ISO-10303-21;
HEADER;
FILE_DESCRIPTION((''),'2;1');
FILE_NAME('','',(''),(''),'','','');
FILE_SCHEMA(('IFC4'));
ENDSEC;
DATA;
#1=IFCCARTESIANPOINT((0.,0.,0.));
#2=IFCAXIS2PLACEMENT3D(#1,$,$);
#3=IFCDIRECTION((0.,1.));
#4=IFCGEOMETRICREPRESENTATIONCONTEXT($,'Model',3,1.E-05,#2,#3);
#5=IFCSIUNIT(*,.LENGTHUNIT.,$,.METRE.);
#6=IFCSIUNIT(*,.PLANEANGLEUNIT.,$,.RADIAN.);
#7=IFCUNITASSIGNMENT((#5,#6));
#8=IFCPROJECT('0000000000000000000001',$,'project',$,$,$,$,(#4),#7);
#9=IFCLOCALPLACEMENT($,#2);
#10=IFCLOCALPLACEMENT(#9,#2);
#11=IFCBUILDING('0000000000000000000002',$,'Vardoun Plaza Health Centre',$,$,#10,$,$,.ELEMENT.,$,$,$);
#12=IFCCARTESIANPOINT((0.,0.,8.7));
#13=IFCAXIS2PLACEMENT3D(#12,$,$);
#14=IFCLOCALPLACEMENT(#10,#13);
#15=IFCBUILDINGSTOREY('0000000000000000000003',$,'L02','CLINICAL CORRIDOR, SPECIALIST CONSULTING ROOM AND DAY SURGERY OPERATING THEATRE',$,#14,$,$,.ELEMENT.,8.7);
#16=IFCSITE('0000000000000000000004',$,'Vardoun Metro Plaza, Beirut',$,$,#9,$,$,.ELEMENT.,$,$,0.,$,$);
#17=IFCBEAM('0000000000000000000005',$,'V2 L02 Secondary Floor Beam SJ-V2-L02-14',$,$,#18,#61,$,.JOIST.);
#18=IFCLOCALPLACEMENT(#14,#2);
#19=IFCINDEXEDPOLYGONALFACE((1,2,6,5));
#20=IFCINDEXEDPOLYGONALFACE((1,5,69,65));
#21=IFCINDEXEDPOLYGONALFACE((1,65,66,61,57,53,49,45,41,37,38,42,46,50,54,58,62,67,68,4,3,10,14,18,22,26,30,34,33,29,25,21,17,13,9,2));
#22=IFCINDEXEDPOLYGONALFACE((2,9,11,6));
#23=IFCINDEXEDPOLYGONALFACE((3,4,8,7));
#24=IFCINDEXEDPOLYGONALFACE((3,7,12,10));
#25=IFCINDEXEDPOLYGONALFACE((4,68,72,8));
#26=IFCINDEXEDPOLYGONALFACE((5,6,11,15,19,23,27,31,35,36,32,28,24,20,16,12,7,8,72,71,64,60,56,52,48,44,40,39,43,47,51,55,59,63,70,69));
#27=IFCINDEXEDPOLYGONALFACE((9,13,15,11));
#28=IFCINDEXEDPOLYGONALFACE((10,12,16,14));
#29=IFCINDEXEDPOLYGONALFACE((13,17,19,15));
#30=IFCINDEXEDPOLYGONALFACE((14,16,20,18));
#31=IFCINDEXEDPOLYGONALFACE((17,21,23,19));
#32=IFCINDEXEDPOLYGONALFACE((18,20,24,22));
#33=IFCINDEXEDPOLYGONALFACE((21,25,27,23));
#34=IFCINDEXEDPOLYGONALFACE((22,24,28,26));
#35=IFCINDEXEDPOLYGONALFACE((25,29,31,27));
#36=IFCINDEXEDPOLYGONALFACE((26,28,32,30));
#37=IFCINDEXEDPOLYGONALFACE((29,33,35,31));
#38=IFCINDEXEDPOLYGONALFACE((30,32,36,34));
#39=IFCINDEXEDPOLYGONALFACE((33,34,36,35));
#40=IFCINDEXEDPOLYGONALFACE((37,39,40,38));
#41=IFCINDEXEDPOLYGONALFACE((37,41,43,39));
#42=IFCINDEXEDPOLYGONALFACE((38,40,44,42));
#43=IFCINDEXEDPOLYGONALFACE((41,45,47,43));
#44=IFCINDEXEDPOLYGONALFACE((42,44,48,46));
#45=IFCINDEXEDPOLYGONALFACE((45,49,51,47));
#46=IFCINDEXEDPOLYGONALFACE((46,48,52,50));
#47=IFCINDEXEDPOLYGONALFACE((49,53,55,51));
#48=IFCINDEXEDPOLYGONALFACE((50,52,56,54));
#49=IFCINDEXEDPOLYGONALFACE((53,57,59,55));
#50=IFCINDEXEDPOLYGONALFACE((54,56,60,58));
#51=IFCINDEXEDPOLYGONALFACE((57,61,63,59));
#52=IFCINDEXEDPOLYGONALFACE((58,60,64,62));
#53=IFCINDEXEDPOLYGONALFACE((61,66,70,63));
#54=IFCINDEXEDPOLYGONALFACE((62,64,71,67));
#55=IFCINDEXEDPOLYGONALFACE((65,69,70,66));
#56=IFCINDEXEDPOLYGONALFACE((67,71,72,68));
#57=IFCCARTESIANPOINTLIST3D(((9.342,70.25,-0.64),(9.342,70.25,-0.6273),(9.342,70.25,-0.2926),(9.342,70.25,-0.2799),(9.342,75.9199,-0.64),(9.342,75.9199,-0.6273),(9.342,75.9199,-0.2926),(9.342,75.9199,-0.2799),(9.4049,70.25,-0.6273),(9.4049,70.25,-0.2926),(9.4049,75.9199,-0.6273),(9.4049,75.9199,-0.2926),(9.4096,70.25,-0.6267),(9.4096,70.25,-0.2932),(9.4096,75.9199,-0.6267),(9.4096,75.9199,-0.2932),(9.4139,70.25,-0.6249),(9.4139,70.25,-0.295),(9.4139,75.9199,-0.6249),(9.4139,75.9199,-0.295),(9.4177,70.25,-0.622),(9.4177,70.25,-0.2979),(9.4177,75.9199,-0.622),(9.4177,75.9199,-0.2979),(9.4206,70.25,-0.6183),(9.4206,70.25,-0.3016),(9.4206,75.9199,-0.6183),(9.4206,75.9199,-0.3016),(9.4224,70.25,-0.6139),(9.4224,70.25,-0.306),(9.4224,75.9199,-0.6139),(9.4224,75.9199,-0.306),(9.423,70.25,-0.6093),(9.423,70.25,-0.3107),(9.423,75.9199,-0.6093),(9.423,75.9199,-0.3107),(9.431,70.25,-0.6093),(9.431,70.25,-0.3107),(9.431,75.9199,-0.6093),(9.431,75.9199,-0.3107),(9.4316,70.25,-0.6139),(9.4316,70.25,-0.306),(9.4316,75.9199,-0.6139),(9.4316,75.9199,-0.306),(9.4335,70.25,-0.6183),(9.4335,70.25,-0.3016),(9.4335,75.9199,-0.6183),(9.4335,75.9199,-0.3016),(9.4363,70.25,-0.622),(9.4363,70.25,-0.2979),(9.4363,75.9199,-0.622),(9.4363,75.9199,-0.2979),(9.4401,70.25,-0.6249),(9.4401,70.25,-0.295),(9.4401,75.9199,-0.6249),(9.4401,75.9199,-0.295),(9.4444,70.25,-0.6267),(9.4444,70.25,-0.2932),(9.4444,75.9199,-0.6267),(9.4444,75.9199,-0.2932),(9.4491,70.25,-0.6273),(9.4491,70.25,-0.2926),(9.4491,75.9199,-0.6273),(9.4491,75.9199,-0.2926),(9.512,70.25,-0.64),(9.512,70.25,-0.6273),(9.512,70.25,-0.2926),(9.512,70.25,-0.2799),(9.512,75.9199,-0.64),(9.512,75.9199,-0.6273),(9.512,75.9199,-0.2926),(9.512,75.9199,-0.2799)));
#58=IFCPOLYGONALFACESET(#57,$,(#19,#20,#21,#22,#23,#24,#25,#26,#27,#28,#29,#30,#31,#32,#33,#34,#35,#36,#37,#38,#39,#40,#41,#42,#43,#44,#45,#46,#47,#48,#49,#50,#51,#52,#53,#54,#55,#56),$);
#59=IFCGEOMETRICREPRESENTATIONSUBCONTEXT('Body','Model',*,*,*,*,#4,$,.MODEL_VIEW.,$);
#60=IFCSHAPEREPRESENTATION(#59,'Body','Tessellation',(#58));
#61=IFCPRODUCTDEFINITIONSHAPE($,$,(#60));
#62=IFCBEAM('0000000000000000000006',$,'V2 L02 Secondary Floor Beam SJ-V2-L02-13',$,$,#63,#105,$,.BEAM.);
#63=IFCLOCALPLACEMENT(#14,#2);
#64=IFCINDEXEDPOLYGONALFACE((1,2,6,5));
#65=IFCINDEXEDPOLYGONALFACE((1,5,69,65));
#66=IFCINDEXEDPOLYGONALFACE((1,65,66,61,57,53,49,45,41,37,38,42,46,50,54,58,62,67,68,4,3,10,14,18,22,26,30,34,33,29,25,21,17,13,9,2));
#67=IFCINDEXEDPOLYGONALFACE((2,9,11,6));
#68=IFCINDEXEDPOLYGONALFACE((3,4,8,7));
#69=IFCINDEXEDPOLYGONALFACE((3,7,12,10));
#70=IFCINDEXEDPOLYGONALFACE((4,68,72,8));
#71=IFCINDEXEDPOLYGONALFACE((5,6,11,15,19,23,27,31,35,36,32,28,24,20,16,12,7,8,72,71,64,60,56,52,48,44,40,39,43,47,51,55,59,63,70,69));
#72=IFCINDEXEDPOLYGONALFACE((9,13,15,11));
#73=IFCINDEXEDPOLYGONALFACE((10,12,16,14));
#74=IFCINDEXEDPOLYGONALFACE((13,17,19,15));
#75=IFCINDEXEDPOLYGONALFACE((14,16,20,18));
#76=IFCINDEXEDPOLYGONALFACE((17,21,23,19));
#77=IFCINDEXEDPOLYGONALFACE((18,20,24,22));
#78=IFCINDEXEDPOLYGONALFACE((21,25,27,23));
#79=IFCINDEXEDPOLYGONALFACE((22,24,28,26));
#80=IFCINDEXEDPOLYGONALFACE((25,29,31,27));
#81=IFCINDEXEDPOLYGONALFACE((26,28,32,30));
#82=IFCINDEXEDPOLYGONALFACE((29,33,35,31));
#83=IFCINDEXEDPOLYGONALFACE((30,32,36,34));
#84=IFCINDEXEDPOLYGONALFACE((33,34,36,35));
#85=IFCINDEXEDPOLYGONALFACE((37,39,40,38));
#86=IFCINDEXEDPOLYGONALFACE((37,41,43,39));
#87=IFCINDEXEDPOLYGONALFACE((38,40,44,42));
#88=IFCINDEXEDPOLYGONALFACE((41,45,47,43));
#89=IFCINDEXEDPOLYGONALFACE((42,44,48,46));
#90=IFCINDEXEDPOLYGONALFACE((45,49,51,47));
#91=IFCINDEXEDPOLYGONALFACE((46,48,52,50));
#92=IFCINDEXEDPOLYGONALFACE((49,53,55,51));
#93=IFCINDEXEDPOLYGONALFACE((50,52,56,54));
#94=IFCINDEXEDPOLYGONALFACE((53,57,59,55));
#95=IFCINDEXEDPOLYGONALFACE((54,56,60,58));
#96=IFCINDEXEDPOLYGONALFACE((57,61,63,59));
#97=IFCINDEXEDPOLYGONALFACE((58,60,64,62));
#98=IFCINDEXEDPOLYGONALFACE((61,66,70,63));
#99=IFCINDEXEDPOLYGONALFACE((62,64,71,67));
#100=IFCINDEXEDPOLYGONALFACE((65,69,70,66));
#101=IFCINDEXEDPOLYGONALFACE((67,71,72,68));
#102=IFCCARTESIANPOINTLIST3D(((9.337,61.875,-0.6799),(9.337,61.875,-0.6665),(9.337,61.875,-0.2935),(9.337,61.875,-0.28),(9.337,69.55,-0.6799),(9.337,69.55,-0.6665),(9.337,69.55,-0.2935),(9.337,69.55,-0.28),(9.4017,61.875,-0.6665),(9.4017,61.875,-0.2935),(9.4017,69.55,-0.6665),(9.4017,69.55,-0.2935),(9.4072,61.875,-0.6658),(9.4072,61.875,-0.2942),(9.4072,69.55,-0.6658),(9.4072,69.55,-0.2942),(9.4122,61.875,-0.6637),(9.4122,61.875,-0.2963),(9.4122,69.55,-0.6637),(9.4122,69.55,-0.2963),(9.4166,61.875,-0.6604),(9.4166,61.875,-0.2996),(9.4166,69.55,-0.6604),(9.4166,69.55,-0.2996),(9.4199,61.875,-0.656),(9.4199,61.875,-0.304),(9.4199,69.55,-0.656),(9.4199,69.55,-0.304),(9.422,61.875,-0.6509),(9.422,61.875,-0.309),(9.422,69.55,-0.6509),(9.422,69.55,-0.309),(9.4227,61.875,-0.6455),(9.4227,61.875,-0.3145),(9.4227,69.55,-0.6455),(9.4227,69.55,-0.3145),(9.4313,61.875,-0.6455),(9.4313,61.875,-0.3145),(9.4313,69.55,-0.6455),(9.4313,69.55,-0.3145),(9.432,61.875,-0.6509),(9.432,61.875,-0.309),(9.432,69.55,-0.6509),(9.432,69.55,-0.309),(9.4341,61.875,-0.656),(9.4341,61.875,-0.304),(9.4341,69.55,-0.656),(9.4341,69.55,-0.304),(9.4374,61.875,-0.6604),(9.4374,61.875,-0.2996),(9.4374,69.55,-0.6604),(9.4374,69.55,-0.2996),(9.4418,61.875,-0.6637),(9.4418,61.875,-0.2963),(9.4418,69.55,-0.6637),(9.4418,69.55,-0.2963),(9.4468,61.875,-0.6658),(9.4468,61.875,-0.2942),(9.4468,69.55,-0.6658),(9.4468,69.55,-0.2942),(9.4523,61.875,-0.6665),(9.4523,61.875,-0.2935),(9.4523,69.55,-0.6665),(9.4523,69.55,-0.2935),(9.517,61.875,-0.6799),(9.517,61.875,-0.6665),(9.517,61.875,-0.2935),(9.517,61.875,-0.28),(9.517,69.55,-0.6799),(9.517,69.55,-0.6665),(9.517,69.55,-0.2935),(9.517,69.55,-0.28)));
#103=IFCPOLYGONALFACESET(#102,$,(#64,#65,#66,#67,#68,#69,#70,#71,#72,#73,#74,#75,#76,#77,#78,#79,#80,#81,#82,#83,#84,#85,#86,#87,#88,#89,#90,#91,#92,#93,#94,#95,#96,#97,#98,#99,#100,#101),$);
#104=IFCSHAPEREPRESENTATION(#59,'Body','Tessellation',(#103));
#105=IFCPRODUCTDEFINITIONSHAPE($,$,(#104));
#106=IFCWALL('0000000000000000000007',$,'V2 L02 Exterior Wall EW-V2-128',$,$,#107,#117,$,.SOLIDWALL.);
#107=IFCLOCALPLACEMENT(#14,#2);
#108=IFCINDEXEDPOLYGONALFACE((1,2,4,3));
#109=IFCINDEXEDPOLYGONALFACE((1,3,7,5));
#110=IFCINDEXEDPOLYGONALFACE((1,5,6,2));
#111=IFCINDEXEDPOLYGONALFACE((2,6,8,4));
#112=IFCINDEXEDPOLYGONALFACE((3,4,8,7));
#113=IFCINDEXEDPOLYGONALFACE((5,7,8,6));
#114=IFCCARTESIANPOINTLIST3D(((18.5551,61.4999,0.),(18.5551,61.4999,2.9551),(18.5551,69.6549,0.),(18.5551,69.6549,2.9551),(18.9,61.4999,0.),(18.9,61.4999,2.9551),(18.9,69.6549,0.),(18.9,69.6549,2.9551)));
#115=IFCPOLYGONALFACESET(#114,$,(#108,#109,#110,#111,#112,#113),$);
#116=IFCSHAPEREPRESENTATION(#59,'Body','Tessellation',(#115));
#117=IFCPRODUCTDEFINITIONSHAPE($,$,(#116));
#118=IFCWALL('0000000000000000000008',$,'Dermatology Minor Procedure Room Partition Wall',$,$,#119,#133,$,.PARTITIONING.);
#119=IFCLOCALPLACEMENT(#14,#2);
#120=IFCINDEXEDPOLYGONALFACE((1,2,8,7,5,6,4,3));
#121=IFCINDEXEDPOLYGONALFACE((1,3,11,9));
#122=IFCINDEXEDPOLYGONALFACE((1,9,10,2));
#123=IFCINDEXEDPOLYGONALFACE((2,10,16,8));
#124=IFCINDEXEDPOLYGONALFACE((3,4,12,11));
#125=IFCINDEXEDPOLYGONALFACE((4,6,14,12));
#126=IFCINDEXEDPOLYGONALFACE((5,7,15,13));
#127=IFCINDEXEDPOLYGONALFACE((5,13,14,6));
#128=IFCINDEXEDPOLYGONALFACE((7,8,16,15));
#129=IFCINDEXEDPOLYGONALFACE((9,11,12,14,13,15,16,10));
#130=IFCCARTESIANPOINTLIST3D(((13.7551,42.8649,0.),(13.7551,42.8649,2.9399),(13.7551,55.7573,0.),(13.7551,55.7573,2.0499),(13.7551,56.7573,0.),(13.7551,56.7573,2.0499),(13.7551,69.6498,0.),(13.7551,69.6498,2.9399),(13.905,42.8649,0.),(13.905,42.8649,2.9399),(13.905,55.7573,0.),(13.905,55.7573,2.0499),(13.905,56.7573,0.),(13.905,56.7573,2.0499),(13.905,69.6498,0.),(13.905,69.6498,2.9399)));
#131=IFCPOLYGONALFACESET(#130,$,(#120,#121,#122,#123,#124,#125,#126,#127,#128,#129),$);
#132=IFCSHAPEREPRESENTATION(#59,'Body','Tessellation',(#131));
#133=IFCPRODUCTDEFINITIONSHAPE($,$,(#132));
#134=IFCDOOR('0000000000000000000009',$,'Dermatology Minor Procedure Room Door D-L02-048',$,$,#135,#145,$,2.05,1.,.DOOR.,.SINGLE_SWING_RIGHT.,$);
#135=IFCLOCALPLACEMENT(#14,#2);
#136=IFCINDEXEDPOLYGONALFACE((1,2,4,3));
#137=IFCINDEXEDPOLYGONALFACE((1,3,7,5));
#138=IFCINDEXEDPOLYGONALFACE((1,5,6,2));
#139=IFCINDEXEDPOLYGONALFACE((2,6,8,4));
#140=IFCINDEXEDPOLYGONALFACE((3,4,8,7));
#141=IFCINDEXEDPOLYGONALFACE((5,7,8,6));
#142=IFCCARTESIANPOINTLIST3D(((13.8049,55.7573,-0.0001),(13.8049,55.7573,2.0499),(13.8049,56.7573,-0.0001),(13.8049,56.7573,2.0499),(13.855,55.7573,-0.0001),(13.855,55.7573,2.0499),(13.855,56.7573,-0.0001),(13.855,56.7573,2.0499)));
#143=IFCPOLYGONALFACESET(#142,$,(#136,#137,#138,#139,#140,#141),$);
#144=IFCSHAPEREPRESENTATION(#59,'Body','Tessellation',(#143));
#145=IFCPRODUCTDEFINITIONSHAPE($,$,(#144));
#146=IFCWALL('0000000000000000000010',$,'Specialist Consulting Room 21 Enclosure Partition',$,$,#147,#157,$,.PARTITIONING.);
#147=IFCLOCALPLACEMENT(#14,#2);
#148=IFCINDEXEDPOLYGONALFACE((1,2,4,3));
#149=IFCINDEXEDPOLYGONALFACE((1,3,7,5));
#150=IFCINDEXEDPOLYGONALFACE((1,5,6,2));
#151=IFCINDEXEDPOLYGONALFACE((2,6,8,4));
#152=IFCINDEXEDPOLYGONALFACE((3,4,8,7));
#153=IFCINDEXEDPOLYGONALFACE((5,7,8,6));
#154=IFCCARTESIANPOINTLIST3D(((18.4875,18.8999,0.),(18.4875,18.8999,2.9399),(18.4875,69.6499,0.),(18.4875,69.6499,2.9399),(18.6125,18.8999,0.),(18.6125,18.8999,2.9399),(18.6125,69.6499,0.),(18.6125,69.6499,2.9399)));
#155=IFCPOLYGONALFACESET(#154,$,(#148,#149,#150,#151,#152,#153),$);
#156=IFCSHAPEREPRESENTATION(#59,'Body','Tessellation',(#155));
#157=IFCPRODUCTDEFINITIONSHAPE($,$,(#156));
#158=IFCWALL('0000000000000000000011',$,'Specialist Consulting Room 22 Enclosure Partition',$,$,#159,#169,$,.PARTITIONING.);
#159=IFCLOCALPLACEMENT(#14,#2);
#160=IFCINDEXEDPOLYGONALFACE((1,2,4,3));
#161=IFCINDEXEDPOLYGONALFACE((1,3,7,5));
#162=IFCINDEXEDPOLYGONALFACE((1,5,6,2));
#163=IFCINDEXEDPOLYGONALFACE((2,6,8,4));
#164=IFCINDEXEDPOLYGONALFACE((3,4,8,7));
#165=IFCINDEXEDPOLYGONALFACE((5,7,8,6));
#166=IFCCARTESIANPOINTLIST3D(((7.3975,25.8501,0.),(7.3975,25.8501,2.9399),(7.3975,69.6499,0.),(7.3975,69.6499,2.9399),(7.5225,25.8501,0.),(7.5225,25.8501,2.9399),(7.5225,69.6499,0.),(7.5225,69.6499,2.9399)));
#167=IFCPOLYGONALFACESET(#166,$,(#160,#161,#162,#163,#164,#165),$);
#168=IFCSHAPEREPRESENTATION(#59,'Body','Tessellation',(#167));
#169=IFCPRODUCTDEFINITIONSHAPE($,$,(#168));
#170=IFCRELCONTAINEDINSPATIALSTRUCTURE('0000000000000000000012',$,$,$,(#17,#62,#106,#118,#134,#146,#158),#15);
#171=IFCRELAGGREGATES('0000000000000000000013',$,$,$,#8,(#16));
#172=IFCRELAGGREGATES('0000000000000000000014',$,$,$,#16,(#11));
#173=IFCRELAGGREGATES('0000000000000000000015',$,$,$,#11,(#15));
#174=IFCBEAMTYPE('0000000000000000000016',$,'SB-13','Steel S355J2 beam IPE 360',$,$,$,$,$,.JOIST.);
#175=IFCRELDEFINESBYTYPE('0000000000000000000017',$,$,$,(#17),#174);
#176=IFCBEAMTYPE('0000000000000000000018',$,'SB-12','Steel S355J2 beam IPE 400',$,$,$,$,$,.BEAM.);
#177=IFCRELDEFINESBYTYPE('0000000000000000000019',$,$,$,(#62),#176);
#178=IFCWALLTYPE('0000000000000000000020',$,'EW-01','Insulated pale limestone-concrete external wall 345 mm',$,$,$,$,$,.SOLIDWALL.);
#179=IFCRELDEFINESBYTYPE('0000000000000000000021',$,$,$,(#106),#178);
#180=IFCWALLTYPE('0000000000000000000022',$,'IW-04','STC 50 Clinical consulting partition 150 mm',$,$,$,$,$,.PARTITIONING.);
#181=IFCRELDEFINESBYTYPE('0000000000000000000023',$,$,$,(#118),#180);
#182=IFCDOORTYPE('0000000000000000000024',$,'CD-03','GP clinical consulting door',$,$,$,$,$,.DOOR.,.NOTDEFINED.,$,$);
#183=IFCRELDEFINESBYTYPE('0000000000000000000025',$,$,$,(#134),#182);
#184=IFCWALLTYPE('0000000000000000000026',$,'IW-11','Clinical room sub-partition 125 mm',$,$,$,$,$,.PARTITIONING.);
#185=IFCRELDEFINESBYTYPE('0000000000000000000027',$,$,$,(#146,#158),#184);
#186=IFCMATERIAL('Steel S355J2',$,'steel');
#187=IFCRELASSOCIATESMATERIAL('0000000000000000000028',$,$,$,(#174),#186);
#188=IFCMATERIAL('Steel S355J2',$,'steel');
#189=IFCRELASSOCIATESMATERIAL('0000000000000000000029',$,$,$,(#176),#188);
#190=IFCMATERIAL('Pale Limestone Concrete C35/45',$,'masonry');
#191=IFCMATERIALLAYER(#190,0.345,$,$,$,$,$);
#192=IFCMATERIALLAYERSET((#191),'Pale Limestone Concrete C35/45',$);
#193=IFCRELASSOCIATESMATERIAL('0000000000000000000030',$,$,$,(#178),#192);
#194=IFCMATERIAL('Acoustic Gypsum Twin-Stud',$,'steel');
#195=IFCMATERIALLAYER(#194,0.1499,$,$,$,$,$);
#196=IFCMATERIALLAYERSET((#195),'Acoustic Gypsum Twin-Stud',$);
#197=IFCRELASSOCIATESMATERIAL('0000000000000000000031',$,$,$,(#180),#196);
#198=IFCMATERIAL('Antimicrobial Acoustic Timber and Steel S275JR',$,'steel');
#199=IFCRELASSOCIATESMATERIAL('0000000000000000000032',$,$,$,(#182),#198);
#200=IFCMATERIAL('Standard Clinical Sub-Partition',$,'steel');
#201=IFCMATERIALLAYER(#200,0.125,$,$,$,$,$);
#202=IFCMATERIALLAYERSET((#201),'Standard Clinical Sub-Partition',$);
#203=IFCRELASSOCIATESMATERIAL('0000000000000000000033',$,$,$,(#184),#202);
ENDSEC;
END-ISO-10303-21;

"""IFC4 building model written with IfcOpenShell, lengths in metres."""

from ifc_helpers import new_model, si_unit, direction, frame, frame_2d, origin, origin_2d, place, context, subcontext, project, spatial, rectangle, i_section, extrude, material, layer, layer_set, material_profile, profile_set, type_object, element, fill, save


model = new_model("IFC4")

# Units and contexts
model_context = context("Model", 3, precision=1e-05, world=origin(), true_north=direction((0.0, 1.0)))
body_context = subcontext(model_context, "Body", "Model", "MODEL_VIEW")
ifc_project = project(units=[si_unit("LENGTHUNIT", "METRE"), si_unit("PLANEANGLEUNIT", "RADIAN")], contexts=[model_context])

# Site, building, storey
site_placement = place(None, origin())
site = spatial("IfcSite", under=ifc_project, at=site_placement, Name="Vardoun Metro Plaza, Beirut", CompositionType="ELEMENT", RefElevation=0.0)
building_placement = place(site_placement, origin())
building = spatial("IfcBuilding", under=site, at=building_placement, Name="Vardoun Plaza Health Centre", CompositionType="ELEMENT")
storey_placement = place(building_placement, frame((0.0, 0.0, 8.7)))
storey = spatial("IfcBuildingStorey", under=building, at=storey_placement, Name="L02", Description="CLINICAL CORRIDOR, SPECIALIST CONSULTING ROOM AND DAY SURGERY OPERATING THEATRE", CompositionType="ELEMENT", Elevation=8.7)

# Beams
ifc_material_1 = material(Name="Steel S355J2", Category="steel")
ifc_material_profile_1 = material_profile(ifc_material_1, i_section(OverallWidth=0.1699, OverallDepth=0.3601, WebThickness=0.0081, FlangeThickness=0.0127, FilletRadius=0.0181, at=origin_2d()), Name="IPE 360")
ifc_profile_set_1 = profile_set([ifc_material_profile_1], Name="Steel S355J2")
beam_type_1 = type_object("IfcBeamType", Name="SB-13", Description="Steel S355J2 beam IPE 360", PredefinedType="JOIST", material=ifc_profile_set_1)
beam_1_placement = place(storey_placement, frame((9.427, 70.25, -0.46), z_axis=(0.0, 1.0, 0.0), x_axis=(-1.0, 0.0, 0.0)))
element("IfcBeam", 1, at=beam_1_placement, inside=storey, type_object=beam_type_1, Name="V2 L02 Secondary Floor Beam SJ-V2-L02-14", PredefinedType="JOIST", context=body_context, shape_type="SweptSolid", body=[
    extrude(i_section(OverallWidth=0.1699, OverallDepth=0.3601, WebThickness=0.0081, FlangeThickness=0.0127, FilletRadius=0.0181, at=origin_2d()), origin(), (0.0, 0.0, 1.0), 5.6699),
])
ifc_material_2 = material(Name="Steel S355J2", Category="steel")
ifc_material_profile_2 = material_profile(ifc_material_2, i_section(OverallWidth=0.1799, OverallDepth=0.3999, WebThickness=0.0085, FlangeThickness=0.0134, FilletRadius=0.021, at=origin_2d()), Name="IPE 400")
ifc_profile_set_2 = profile_set([ifc_material_profile_2], Name="Steel S355J2")
beam_type_2 = type_object("IfcBeamType", Name="SB-12", Description="Steel S355J2 beam IPE 400", PredefinedType="BEAM", material=ifc_profile_set_2)
beam_2_placement = place(storey_placement, frame((9.427, 61.875, -0.48), z_axis=(0.0, 1.0, 0.0), x_axis=(-1.0, 0.0, 0.0)))
element("IfcBeam", 2, at=beam_2_placement, inside=storey, type_object=beam_type_2, Name="V2 L02 Secondary Floor Beam SJ-V2-L02-13", PredefinedType="BEAM", context=body_context, shape_type="SweptSolid", body=[
    extrude(i_section(OverallWidth=0.1799, OverallDepth=0.3999, WebThickness=0.0085, FlangeThickness=0.0134, FilletRadius=0.021, at=origin_2d()), origin(), (0.0, 0.0, 1.0), 7.675),
])

# Shared definitions
ifc_material_3 = material(Name="Pale Limestone Concrete C35/45", Category="masonry")
ifc_layer_1 = layer(ifc_material_3, 0.345)
ifc_layer_set_1 = layer_set([ifc_layer_1], Name="Pale Limestone Concrete C35/45")
wall_type_1 = type_object("IfcWallType", Name="EW-01", Description="Insulated pale limestone-concrete external wall 345 mm", PredefinedType="SOLIDWALL", material=ifc_layer_set_1)

# Wall
wall_1_placement = place(storey_placement, frame((18.7275, 69.655, 0.0), z_axis=(0.0, 0.0, 1.0), x_axis=(0.0, -1.0, 0.0)))
element("IfcWall", 3, at=wall_1_placement, inside=storey, type_object=wall_type_1, Name="V2 L02 Exterior Wall EW-V2-128", PredefinedType="SOLIDWALL", context=body_context, shape_type="SweptSolid", body=[
    extrude(rectangle(XDim=8.155, YDim=0.345, at=frame_2d((4.0776, 0.0))), origin(), (0.0, 0.0, 1.0), 2.9551),
])

# Wall, opening, door
ifc_material_4 = material(Name="Acoustic Gypsum Twin-Stud", Category="steel")
ifc_layer_2 = layer(ifc_material_4, 0.1499)
ifc_layer_set_2 = layer_set([ifc_layer_2], Name="Acoustic Gypsum Twin-Stud")
wall_type_2 = type_object("IfcWallType", Name="IW-04", Description="STC 50 Clinical consulting partition 150 mm", PredefinedType="PARTITIONING", material=ifc_layer_set_2)
wall_2_placement = place(storey_placement, frame((13.8301, 69.6499, 0.0), z_axis=(0.0, 0.0, 1.0), x_axis=(0.0, -1.0, 0.0)))
wall_2 = element("IfcWall", 4, at=wall_2_placement, inside=storey, type_object=wall_type_2, Name="Dermatology Minor Procedure Room Partition Wall", PredefinedType="PARTITIONING", context=body_context, shape_type="SweptSolid", body=[
    extrude(rectangle(XDim=26.7849, YDim=0.1499, at=frame_2d((13.3926, 0.0))), origin(), (0.0, 0.0, 1.0), 2.9399),
])
opening_1_placement = place(wall_2_placement, frame((12.8926, 0.0, 0.0)))
opening_1 = element("IfcOpeningElement", 5, at=opening_1_placement, cuts=wall_2, PredefinedType="OPENING", context=body_context, shape_type="SweptSolid", body=[
    extrude(rectangle(XDim=1.0, YDim=2.05, at=frame_2d((0.5, 1.0249))), frame((0.0, 0.075, 0.0), z_axis=(0.0, -1.0, 0.0), x_axis=(1.0, 0.0, 0.0)), (0.0, 0.0, 1.0), 0.1499),
])
ifc_material_5 = material(Name="Antimicrobial Acoustic Timber and Steel S275JR", Category="steel")
door_type_1 = type_object("IfcDoorType", Name="CD-03", Description="GP clinical consulting door", OperationType="NOTDEFINED", PredefinedType="DOOR", material=ifc_material_5)
door_1_placement = place(opening_1_placement, origin())
door_1 = element("IfcDoor", 6, at=door_1_placement, inside=storey, type_object=door_type_1, Name="Dermatology Minor Procedure Room Door D-L02-048", OperationType="SINGLE_SWING_RIGHT", OverallHeight=2.05, OverallWidth=1.0, PredefinedType="DOOR", context=body_context, shape_type="SweptSolid", body=[
    extrude(rectangle(XDim=1.0, YDim=2.05, at=frame_2d((0.5, 1.0249))), frame((0.0, 0.0249, 0.0), z_axis=(0.0, -1.0, 0.0), x_axis=(1.0, 0.0, 0.0)), (0.0, 0.0, 1.0), 0.05),
])
fill(opening_1, door_1)

# Walls
ifc_material_6 = material(Name="Standard Clinical Sub-Partition", Category="steel")
ifc_layer_3 = layer(ifc_material_6, 0.125)
ifc_layer_set_3 = layer_set([ifc_layer_3], Name="Standard Clinical Sub-Partition")
wall_type_3 = type_object("IfcWallType", Name="IW-11", Description="Clinical room sub-partition 125 mm", PredefinedType="PARTITIONING", material=ifc_layer_set_3)
wall_3_placement = place(storey_placement, frame((18.55, 69.6499, 0.0), z_axis=(0.0, 0.0, 1.0), x_axis=(0.0, -1.0, 0.0)))
element("IfcWall", 7, at=wall_3_placement, inside=storey, type_object=wall_type_3, Name="Specialist Consulting Room 21 Enclosure Partition", PredefinedType="PARTITIONING", context=body_context, shape_type="SweptSolid", body=[
    extrude(rectangle(XDim=50.75, YDim=0.125, at=frame_2d((25.375, 0.0))), origin(), (0.0, 0.0, 1.0), 2.9399),
])
wall_4_placement = place(storey_placement, frame((7.46, 69.6499, 0.0), z_axis=(0.0, 0.0, 1.0), x_axis=(0.0, -1.0, 0.0)))
element("IfcWall", 8, at=wall_4_placement, inside=storey, type_object=wall_type_3, Name="Specialist Consulting Room 22 Enclosure Partition", PredefinedType="PARTITIONING", context=body_context, shape_type="SweptSolid", body=[
    extrude(rectangle(XDim=43.7998, YDim=0.125, at=frame_2d((21.8999, 0.0))), origin(), (0.0, 0.0, 1.0), 2.9399),
])

save(model, "model.ifc")
